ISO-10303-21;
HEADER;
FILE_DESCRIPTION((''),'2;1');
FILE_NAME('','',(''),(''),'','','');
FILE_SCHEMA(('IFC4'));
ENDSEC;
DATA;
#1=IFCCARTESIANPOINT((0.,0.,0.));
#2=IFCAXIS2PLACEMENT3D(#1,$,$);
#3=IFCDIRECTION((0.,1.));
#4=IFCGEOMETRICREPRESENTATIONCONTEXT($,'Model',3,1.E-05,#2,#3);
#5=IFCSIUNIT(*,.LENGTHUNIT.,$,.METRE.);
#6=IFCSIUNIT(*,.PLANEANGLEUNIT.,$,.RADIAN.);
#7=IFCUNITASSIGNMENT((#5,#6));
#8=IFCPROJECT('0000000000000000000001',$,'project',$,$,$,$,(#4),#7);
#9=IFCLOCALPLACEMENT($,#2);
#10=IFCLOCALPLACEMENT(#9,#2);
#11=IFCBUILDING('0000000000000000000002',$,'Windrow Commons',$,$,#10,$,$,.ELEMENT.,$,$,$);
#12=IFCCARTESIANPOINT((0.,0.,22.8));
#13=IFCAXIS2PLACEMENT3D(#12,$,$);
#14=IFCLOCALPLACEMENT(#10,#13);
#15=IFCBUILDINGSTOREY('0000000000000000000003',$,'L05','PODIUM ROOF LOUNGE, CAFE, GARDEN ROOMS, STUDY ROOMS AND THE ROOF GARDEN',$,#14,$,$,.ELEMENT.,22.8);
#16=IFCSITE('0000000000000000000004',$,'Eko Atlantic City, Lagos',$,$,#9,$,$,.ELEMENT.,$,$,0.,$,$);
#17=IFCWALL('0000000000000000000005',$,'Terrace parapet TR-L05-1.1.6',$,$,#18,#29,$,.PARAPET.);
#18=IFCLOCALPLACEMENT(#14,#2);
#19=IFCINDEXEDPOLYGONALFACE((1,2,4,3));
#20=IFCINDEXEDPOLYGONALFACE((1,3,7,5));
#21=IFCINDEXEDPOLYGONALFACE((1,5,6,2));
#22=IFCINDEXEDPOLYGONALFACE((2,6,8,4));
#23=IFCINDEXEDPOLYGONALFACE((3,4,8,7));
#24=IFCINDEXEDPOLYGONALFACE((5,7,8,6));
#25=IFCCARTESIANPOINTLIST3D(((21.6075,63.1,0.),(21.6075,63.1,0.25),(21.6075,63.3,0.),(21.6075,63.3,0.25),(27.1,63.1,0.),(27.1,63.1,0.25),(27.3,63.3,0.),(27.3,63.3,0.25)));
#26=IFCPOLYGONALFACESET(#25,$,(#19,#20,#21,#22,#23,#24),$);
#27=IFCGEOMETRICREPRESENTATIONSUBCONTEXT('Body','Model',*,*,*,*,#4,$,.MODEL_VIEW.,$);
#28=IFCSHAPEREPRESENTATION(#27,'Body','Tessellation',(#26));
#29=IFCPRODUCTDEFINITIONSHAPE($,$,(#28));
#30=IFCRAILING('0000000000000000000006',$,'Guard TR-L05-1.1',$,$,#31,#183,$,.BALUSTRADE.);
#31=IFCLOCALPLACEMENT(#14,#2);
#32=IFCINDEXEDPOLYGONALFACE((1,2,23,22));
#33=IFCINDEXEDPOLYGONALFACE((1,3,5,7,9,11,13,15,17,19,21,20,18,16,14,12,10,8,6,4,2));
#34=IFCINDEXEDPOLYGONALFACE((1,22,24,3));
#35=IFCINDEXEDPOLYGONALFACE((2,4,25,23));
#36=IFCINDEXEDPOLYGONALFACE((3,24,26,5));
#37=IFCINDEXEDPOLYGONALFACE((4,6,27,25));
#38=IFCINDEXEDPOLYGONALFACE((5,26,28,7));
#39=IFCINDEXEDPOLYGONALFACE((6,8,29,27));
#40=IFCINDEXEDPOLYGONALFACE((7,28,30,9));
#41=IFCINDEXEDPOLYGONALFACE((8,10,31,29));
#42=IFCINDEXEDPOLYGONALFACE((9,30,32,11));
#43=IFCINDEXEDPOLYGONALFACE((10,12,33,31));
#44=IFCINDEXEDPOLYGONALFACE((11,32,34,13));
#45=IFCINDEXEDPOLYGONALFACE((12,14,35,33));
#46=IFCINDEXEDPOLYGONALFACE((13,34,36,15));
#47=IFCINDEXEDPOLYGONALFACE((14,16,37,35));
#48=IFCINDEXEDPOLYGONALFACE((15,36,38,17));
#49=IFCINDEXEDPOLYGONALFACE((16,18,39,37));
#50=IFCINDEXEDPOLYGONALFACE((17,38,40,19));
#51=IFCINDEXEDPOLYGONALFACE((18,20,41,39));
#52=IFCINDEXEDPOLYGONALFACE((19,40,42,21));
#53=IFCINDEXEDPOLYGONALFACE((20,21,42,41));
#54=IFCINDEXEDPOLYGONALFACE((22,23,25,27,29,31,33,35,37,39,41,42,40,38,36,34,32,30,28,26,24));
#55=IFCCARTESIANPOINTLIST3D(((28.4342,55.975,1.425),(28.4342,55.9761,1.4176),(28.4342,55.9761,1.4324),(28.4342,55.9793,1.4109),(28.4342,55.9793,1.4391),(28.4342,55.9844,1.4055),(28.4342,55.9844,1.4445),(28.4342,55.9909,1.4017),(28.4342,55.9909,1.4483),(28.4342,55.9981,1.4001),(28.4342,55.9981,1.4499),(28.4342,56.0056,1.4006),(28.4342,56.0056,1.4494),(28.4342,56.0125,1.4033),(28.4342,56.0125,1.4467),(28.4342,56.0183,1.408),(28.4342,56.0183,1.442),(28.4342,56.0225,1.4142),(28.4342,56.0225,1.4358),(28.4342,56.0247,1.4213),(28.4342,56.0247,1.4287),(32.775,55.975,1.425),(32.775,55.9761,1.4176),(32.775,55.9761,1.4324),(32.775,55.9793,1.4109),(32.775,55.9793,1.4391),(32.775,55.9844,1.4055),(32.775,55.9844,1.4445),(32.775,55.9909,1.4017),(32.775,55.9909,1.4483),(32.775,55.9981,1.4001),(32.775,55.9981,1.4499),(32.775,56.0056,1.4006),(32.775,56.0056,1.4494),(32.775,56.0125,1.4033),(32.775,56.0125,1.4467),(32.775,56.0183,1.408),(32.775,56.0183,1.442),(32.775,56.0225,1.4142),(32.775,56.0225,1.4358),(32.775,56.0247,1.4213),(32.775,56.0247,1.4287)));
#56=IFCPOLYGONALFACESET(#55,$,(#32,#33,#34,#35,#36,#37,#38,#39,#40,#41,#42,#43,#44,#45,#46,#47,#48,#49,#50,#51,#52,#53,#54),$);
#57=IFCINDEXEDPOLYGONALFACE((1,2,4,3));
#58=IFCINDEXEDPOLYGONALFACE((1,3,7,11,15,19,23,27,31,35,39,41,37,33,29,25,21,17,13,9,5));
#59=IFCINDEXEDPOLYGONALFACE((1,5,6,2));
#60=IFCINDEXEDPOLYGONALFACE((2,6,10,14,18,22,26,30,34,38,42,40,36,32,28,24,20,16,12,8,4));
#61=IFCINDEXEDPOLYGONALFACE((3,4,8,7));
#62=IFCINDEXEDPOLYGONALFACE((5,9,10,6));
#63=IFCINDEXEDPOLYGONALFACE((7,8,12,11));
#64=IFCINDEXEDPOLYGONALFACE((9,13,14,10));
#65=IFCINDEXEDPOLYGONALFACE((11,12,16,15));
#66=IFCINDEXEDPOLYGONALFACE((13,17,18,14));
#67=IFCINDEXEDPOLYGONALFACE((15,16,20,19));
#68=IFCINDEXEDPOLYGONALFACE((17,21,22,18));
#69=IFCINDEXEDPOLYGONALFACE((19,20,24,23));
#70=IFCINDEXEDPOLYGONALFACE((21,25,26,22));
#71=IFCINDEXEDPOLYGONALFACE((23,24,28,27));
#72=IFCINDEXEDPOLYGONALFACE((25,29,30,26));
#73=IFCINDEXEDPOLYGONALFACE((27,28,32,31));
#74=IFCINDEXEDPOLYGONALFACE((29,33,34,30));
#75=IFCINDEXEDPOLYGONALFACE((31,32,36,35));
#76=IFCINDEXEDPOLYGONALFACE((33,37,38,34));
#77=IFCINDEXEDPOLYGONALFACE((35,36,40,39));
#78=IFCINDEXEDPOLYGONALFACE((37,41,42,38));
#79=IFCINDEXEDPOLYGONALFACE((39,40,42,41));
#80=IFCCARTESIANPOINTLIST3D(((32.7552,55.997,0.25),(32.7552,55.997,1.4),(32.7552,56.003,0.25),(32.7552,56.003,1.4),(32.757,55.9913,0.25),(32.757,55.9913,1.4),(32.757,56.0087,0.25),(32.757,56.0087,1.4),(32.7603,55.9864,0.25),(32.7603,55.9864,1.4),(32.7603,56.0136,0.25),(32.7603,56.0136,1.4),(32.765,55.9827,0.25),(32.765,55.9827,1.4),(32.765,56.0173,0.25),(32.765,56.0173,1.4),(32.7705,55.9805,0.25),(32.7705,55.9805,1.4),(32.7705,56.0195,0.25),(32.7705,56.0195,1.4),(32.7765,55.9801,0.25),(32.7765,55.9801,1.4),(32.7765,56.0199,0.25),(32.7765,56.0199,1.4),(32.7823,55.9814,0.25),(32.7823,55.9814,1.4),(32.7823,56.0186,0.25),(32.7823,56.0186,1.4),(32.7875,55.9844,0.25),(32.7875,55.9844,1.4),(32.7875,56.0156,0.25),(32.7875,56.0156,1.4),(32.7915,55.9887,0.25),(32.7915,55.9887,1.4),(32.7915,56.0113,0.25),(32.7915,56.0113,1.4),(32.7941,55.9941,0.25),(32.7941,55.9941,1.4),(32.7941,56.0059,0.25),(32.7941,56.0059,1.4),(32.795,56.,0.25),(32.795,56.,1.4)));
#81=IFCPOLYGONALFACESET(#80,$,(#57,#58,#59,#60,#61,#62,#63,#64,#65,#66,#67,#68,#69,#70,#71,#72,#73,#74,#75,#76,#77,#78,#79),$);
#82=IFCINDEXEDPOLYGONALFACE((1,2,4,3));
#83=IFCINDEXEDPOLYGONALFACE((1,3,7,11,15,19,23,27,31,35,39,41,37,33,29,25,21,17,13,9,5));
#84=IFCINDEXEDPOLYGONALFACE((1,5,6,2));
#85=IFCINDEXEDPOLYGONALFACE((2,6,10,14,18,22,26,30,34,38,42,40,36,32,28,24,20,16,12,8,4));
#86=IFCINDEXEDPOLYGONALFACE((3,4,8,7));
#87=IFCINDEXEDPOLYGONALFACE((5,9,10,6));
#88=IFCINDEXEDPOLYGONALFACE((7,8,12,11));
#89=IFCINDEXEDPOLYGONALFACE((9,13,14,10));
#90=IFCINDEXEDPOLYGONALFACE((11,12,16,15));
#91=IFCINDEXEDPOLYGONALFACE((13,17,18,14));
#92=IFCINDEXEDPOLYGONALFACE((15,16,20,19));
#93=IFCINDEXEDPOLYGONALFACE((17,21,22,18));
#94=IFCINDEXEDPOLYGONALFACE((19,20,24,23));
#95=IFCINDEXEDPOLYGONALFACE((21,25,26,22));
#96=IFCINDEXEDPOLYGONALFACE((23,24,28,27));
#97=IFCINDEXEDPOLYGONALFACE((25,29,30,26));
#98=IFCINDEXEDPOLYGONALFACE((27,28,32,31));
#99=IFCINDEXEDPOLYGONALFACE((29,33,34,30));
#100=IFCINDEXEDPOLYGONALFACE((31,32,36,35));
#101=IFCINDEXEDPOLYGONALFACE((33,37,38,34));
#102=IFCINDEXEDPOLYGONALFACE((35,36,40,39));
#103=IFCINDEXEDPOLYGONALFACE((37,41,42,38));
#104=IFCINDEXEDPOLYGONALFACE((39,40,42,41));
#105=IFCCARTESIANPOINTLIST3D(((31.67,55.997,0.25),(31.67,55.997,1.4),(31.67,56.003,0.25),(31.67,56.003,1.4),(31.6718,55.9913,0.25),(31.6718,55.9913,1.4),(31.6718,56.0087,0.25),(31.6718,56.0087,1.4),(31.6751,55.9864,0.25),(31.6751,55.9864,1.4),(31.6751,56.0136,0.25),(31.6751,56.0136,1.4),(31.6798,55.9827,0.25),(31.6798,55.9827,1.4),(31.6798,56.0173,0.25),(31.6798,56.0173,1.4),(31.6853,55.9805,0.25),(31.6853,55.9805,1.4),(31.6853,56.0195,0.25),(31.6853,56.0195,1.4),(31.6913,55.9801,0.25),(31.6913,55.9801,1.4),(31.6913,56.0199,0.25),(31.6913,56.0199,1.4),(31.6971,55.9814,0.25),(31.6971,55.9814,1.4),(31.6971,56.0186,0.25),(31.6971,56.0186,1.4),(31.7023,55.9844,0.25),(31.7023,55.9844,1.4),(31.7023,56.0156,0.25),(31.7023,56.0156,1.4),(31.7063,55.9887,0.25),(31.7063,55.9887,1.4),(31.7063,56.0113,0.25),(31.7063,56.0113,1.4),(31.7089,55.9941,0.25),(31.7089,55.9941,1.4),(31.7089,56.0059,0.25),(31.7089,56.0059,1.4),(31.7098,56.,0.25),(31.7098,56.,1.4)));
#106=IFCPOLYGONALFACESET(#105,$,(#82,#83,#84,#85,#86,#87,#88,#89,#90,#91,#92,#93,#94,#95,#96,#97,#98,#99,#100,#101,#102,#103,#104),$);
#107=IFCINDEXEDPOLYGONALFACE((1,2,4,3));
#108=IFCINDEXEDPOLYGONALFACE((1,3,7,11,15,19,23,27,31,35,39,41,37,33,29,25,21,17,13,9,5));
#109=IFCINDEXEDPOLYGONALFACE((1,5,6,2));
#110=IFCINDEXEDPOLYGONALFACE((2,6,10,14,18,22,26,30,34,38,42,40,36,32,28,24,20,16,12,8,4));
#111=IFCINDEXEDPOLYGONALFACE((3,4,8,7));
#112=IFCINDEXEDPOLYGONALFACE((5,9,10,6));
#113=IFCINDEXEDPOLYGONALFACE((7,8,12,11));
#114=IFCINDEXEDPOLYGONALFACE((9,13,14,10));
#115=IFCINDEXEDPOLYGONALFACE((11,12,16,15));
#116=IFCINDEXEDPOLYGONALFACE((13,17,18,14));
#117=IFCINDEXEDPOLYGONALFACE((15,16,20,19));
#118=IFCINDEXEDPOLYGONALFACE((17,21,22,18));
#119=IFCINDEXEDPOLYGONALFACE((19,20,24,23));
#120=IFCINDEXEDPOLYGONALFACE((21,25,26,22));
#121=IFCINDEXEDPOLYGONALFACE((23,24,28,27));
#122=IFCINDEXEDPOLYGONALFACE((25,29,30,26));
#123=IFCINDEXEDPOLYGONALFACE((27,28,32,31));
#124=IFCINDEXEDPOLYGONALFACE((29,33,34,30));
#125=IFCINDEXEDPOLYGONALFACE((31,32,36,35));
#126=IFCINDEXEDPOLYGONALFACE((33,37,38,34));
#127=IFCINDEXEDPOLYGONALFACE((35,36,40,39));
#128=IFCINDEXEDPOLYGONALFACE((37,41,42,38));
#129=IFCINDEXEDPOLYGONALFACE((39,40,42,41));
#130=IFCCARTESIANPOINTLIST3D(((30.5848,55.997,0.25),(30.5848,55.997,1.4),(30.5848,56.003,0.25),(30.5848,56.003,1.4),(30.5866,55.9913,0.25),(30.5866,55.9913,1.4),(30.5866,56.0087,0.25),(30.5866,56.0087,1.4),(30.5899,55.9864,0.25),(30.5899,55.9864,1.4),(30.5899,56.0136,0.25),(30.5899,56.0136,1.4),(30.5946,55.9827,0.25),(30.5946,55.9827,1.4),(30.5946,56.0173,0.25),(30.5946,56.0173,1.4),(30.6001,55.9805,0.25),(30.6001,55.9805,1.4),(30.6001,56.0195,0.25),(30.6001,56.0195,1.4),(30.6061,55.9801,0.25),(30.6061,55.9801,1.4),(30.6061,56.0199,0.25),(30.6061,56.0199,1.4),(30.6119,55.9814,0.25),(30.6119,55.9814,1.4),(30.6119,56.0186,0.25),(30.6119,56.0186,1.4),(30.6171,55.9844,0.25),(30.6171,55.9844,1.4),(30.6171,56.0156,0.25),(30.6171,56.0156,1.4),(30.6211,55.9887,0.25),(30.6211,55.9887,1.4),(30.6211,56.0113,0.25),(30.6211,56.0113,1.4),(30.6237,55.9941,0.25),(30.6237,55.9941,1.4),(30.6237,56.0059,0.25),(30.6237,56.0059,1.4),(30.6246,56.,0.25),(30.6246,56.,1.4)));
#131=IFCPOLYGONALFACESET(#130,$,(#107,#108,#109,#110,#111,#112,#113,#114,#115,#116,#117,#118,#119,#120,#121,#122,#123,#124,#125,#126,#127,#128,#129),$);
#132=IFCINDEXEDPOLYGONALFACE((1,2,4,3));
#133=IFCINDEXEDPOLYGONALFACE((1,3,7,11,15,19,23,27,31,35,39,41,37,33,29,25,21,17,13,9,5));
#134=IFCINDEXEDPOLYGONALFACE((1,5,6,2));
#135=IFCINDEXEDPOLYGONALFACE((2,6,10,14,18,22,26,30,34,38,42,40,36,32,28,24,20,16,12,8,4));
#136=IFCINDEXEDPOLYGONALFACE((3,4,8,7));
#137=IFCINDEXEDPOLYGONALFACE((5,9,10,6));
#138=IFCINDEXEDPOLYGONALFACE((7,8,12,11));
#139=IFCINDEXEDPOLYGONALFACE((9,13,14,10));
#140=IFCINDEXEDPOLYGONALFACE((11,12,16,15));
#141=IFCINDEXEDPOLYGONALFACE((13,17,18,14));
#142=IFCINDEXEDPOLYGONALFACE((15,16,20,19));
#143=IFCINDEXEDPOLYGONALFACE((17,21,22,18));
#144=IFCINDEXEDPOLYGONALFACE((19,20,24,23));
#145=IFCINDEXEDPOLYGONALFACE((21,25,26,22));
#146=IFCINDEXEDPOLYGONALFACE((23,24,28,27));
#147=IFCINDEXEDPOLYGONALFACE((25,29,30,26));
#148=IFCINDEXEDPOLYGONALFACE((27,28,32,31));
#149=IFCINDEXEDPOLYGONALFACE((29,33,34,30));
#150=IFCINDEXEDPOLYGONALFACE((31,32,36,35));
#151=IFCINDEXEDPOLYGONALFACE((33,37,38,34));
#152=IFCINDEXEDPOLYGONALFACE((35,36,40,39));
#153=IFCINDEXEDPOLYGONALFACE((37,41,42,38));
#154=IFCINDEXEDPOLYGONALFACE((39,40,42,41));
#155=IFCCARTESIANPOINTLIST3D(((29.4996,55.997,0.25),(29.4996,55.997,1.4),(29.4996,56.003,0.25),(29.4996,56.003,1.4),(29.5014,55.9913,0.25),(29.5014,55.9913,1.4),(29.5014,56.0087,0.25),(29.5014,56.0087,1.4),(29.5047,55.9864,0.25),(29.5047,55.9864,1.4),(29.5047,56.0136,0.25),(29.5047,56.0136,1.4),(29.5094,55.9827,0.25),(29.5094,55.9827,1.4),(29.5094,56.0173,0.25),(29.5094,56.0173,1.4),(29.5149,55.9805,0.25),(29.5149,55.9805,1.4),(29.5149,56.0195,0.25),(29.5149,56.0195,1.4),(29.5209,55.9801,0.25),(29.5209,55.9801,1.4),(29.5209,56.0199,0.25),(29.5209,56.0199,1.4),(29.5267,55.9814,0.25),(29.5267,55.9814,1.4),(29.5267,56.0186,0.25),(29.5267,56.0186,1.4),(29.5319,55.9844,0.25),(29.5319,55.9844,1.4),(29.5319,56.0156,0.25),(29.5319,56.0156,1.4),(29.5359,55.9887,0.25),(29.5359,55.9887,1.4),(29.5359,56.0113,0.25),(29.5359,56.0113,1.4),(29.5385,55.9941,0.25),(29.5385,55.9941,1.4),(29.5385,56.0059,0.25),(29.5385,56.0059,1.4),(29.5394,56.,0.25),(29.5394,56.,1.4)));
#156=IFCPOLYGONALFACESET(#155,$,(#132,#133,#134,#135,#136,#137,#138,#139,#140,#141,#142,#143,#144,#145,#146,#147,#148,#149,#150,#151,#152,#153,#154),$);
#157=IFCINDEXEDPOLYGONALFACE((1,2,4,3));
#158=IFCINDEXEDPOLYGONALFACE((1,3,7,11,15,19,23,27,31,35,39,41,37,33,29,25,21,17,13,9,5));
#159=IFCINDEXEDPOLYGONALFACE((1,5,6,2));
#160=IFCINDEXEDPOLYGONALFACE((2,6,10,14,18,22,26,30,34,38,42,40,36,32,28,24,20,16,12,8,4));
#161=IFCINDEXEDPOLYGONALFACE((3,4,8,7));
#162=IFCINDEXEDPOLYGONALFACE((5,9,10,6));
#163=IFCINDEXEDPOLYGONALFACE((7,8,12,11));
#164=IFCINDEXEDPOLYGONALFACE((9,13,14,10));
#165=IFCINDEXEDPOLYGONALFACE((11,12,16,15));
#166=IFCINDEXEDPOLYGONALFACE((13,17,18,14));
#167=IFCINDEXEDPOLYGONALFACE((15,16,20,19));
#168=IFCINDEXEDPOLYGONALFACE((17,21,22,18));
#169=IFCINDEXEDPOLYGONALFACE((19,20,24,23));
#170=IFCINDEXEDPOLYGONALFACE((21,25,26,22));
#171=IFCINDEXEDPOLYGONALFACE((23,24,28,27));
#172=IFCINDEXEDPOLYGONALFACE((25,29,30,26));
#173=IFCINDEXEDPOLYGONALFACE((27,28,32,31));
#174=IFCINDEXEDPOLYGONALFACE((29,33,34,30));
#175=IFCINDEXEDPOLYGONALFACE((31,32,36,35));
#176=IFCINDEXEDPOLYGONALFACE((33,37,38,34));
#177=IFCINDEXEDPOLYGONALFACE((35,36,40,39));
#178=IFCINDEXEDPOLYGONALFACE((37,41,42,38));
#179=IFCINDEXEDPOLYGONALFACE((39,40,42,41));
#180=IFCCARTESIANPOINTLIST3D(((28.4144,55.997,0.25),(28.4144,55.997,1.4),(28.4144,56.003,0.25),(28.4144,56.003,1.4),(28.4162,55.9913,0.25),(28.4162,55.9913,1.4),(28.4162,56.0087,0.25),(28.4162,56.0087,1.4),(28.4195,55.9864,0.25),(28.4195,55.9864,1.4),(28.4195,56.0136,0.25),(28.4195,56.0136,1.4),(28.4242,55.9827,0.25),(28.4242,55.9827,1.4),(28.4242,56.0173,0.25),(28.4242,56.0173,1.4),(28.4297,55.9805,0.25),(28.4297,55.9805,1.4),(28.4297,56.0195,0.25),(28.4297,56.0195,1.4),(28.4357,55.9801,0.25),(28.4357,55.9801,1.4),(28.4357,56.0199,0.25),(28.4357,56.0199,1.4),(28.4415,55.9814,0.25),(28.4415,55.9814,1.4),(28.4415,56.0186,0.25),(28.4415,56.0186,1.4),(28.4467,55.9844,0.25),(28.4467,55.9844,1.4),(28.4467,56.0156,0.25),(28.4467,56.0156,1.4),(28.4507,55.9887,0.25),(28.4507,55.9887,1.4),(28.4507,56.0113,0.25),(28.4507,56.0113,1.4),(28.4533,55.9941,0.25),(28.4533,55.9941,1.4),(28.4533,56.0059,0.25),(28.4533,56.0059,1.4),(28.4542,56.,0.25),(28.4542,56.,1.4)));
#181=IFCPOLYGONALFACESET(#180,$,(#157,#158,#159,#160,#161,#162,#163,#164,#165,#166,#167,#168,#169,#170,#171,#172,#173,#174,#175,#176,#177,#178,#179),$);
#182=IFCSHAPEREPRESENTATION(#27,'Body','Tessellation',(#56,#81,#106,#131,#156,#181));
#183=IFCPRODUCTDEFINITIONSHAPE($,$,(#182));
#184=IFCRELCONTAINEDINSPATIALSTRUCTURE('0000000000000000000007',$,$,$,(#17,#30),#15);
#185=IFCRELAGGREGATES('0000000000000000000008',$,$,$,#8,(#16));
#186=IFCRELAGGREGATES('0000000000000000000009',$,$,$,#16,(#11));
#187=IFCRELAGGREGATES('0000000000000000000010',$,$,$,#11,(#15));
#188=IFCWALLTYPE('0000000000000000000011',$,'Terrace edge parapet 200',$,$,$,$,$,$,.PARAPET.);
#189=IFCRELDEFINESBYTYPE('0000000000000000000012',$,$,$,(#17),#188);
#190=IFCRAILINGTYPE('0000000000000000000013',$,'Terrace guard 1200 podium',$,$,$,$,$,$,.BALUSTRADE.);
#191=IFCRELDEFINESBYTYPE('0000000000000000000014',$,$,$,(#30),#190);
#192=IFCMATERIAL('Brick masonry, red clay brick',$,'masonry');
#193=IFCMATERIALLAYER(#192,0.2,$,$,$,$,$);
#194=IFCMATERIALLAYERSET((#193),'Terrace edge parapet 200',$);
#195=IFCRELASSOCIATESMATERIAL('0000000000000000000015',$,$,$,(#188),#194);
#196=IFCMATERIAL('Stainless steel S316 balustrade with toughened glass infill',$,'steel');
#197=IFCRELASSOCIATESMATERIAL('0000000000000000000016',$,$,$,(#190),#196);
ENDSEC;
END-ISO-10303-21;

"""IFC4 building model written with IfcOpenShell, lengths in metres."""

from ifc_helpers import new_model, si_unit, direction, frame, origin, origin_2d, place, context, subcontext, project, spatial, polyline, circle, outline, extrude, material, layer, layer_set, type_object, element, save


model = new_model("IFC4")

# Units and contexts
model_context = context("Model", 3, precision=1e-05, world=origin(), true_north=direction((0.0, 1.0)))
body_context = subcontext(model_context, "Body", "Model", "MODEL_VIEW")
ifc_project = project(units=[si_unit("LENGTHUNIT", "METRE"), si_unit("PLANEANGLEUNIT", "RADIAN")], contexts=[model_context])

# Site, building, storey
site_placement = place(None, origin())
site = spatial("IfcSite", under=ifc_project, at=site_placement, Name="Eko Atlantic City, Lagos", CompositionType="ELEMENT", RefElevation=0.0)
building_placement = place(site_placement, origin())
building = spatial("IfcBuilding", under=site, at=building_placement, Name="Windrow Commons", CompositionType="ELEMENT")
storey_placement = place(building_placement, frame((0.0, 0.0, 22.8)))
storey = spatial("IfcBuildingStorey", under=building, at=storey_placement, Name="L05", Description="PODIUM ROOF LOUNGE, CAFE, GARDEN ROOMS, STUDY ROOMS AND THE ROOF GARDEN", CompositionType="ELEMENT", Elevation=22.8)

# Wall
ifc_material_1 = material(Name="Brick masonry, red clay brick", Category="masonry")
ifc_layer_1 = layer(ifc_material_1, 0.2)
ifc_layer_set_1 = layer_set([ifc_layer_1], Name="Terrace edge parapet 200")
wall_type_1 = type_object("IfcWallType", Name="Terrace edge parapet 200", PredefinedType="PARAPET", material=ifc_layer_set_1)
wall_1_placement = place(storey_placement, frame((27.2, 63.2, 0.0), z_axis=(0.0, 0.0, 1.0), x_axis=(-1.0, 0.0, 0.0)))
element("IfcWall", 1, at=wall_1_placement, inside=storey, type_object=wall_type_1, Name="Terrace parapet TR-L05-1.1.6", PredefinedType="PARAPET", context=body_context, shape_type="SweptSolid", body=[
    extrude(outline(polyline([(-0.1, -0.1), (5.5925, -0.1), (5.5925, 0.1), (0.1, 0.1), (-0.1, -0.1)])), origin(), (0.0, 0.0, 1.0), 0.25),
])

# Railing
ifc_material_2 = material(Name="Stainless steel S316 balustrade with toughened glass infill", Category="steel")
railing_type = type_object("IfcRailingType", Name="Terrace guard 1200 podium", PredefinedType="BALUSTRADE", material=ifc_material_2)
railing_placement = place(storey_placement, frame((32.775, 56.0, 0.25)))
element("IfcRailing", 2, at=railing_placement, inside=storey, type_object=railing_type, Name="Guard TR-L05-1.1", PredefinedType="BALUSTRADE", context=body_context, shape_type="SweptSolid", body=[
    extrude(circle(Radius=0.025, at=origin_2d()), frame((0.0, 0.0, 1.175), z_axis=(-1.0, 0.0, 0.0), x_axis=(0.0, -1.0, 0.0)), (0.0, 0.0, 1.0), 4.3408),
    extrude(circle(Radius=0.02, at=origin_2d()), origin(), (0.0, 0.0, 1.0), 1.15),
    extrude(circle(Radius=0.02, at=origin_2d()), frame((-1.0852, 0.0, 0.0)), (0.0, 0.0, 1.0), 1.15),
    extrude(circle(Radius=0.02, at=origin_2d()), frame((-2.1704, 0.0, 0.0)), (0.0, 0.0, 1.0), 1.15),
    extrude(circle(Radius=0.02, at=origin_2d()), frame((-3.2556, 0.0, 0.0)), (0.0, 0.0, 1.0), 1.15),
    extrude(circle(Radius=0.02, at=origin_2d()), frame((-4.3408, 0.0, 0.0)), (0.0, 0.0, 1.0), 1.15),
])

save(model, "model.ifc")
